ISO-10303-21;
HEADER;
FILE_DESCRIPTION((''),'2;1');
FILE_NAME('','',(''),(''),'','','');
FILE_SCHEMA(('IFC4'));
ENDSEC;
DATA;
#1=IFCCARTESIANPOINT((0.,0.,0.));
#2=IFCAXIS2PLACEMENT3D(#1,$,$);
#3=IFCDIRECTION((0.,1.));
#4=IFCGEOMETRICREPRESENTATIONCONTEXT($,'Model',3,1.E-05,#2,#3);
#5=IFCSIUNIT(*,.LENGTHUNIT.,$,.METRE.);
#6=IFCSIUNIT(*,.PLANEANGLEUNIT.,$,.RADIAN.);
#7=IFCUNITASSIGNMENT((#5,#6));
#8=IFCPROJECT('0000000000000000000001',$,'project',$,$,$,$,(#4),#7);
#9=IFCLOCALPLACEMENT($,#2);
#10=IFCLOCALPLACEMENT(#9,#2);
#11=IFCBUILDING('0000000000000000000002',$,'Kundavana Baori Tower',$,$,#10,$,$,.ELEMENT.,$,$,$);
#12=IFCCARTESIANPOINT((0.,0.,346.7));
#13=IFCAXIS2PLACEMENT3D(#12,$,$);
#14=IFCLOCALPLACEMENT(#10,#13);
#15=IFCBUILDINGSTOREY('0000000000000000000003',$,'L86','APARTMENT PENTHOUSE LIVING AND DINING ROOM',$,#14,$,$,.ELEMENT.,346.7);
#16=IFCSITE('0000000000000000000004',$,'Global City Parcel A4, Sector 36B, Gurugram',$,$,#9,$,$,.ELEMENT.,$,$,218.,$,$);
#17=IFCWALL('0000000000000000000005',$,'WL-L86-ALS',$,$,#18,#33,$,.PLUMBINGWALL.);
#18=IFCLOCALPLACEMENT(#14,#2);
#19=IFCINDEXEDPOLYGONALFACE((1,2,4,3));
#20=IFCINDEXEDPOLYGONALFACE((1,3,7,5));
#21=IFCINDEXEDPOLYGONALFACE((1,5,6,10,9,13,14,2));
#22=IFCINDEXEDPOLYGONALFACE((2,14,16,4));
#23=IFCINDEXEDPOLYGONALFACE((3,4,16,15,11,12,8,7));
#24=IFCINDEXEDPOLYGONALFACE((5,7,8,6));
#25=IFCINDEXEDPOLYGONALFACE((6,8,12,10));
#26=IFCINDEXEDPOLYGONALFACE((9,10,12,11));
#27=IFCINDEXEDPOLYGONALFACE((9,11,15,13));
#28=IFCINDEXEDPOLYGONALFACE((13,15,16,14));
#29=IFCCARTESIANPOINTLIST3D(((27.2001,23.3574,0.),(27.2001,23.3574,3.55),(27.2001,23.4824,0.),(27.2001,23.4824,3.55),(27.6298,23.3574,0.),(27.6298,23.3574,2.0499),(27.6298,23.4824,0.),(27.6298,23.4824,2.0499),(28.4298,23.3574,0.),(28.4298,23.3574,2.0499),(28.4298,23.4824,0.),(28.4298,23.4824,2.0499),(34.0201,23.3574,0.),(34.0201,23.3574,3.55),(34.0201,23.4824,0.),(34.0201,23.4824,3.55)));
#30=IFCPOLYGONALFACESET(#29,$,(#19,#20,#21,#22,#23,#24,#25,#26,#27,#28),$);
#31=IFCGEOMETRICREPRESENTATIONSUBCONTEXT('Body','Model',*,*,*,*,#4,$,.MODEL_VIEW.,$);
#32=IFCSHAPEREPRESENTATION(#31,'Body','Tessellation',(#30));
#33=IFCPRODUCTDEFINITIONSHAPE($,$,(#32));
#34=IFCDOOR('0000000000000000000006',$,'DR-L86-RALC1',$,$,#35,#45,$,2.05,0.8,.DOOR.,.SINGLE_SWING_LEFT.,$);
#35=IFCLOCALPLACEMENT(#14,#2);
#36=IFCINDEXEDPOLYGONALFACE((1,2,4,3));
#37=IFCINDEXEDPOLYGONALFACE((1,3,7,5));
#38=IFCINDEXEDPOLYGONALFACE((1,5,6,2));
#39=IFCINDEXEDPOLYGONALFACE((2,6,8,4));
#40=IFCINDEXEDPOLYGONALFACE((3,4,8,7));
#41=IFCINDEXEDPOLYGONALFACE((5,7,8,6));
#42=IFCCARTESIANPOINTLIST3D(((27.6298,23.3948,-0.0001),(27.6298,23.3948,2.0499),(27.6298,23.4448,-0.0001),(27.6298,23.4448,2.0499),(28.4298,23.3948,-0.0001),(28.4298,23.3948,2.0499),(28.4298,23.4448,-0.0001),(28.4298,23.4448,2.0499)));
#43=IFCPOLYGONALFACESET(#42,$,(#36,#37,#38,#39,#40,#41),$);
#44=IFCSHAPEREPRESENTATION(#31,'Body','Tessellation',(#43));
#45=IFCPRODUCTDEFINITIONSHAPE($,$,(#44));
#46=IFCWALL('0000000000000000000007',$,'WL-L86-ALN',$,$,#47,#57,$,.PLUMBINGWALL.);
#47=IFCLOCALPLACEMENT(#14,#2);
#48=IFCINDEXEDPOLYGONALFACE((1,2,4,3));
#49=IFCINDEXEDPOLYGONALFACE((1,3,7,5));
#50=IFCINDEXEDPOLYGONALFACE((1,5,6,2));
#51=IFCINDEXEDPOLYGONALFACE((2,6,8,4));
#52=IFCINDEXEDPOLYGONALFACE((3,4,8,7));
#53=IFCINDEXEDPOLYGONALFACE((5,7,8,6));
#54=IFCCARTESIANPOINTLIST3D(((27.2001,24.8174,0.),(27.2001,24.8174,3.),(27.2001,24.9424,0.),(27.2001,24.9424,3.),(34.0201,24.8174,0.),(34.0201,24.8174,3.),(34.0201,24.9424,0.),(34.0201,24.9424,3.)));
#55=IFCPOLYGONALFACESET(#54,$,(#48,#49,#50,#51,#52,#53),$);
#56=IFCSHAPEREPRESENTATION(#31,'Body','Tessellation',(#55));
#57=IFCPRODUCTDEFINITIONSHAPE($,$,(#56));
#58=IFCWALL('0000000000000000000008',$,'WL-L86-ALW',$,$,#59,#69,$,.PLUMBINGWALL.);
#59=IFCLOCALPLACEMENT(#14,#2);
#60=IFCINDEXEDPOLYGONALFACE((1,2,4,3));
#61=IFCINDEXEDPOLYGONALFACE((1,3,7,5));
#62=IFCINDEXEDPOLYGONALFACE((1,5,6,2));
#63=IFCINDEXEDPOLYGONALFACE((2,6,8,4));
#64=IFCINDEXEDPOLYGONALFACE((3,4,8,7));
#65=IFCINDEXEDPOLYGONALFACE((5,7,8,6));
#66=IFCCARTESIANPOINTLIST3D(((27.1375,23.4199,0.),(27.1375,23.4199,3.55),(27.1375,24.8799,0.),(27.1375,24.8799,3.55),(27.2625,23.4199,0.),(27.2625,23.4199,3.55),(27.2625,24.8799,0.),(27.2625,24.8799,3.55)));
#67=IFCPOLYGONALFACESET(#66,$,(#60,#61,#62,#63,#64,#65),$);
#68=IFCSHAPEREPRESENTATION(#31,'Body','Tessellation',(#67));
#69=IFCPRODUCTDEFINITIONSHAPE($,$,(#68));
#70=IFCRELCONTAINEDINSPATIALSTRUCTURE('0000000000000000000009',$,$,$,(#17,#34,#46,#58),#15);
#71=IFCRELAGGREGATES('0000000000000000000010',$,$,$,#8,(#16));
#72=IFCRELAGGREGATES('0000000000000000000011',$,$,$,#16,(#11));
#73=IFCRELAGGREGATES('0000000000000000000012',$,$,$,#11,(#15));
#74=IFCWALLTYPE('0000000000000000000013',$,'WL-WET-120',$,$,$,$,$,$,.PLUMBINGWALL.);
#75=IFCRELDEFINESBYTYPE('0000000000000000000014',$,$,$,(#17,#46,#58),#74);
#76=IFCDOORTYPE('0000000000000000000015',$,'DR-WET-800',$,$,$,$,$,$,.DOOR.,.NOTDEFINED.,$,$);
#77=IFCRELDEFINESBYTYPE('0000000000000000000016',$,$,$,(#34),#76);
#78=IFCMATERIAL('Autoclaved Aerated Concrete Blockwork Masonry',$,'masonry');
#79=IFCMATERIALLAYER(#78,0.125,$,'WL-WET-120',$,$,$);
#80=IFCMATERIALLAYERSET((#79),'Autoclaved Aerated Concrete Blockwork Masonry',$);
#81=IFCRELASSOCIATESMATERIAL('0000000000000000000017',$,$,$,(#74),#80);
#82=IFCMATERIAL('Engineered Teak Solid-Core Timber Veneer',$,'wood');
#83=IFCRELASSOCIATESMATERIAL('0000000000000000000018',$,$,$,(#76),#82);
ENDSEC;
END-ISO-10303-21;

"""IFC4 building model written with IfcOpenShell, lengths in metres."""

from ifc_helpers import new_model, si_unit, direction, frame, frame_2d, origin, place, context, subcontext, project, spatial, rectangle, extrude, material, layer, layer_set, type_object, element, fill, save


model = new_model("IFC4")

# Units and contexts
model_context = context("Model", 3, precision=1e-05, world=origin(), true_north=direction((0.0, 1.0)))
body_context = subcontext(model_context, "Body", "Model", "MODEL_VIEW")
ifc_project = project(units=[si_unit("LENGTHUNIT", "METRE"), si_unit("PLANEANGLEUNIT", "RADIAN")], contexts=[model_context])

# Site, building, storey
site_placement = place(None, origin())
site = spatial("IfcSite", under=ifc_project, at=site_placement, Name="Global City Parcel A4, Sector 36B, Gurugram", CompositionType="ELEMENT", RefElevation=218.0)
building_placement = place(site_placement, origin())
building = spatial("IfcBuilding", under=site, at=building_placement, Name="Kundavana Baori Tower", CompositionType="ELEMENT")
storey_placement = place(building_placement, frame((0.0, 0.0, 346.7)))
storey = spatial("IfcBuildingStorey", under=building, at=storey_placement, Name="L86", Description="APARTMENT PENTHOUSE LIVING AND DINING ROOM", CompositionType="ELEMENT", Elevation=346.7)

# Wall, opening, door
ifc_material_1 = material(Name="Autoclaved Aerated Concrete Blockwork Masonry", Category="masonry")
ifc_layer_1 = layer(ifc_material_1, 0.125, Name="WL-WET-120")
ifc_layer_set_1 = layer_set([ifc_layer_1], Name="Autoclaved Aerated Concrete Blockwork Masonry")
wall_type_1 = type_object("IfcWallType", Name="WL-WET-120", PredefinedType="PLUMBINGWALL", material=ifc_layer_set_1)
wall_1_placement = place(storey_placement, frame((27.2, 23.4199, 0.0), z_axis=(0.0, 0.0, 1.0), x_axis=(1.0, 0.0, 0.0)))
wall_1 = element("IfcWall", 1, at=wall_1_placement, inside=storey, type_object=wall_type_1, Name="WL-L86-ALS", PredefinedType="PLUMBINGWALL", context=body_context, shape_type="SweptSolid", body=[
    extrude(rectangle(XDim=6.8201, YDim=0.125, at=frame_2d((3.4102, 0.0))), origin(), (0.0, 0.0, 1.0), 3.55),
])
opening_1_placement = place(wall_1_placement, frame((0.4299, 0.0, 0.0)))
opening_1 = element("IfcOpeningElement", 2, at=opening_1_placement, cuts=wall_1, PredefinedType="OPENING", context=body_context, shape_type="SweptSolid", body=[
    extrude(rectangle(XDim=0.8, YDim=2.05, at=frame_2d((0.3999, 1.0249))), frame((0.0, 0.0725, 0.0), z_axis=(0.0, -1.0, 0.0), x_axis=(1.0, 0.0, 0.0)), (0.0, 0.0, 1.0), 0.145),
])
ifc_material_2 = material(Name="Engineered Teak Solid-Core Timber Veneer", Category="wood")
door_type_1 = type_object("IfcDoorType", Name="DR-WET-800", OperationType="NOTDEFINED", PredefinedType="DOOR", material=ifc_material_2)
door_1_placement = place(opening_1_placement, origin())
door_1 = element("IfcDoor", 3, at=door_1_placement, inside=storey, type_object=door_type_1, Name="DR-L86-RALC1", OperationType="SINGLE_SWING_LEFT", OverallHeight=2.05, OverallWidth=0.8, PredefinedType="DOOR", context=body_context, shape_type="SweptSolid", body=[
    extrude(rectangle(XDim=0.8, YDim=2.05, at=frame_2d((0.3999, 1.0249))), frame((0.0, 0.0249, 0.0), z_axis=(0.0, -1.0, 0.0), x_axis=(1.0, 0.0, 0.0)), (0.0, 0.0, 1.0), 0.05),
])
fill(opening_1, door_1)

# Walls
wall_2_placement = place(storey_placement, frame((27.2, 24.8799, 0.0), z_axis=(0.0, 0.0, 1.0), x_axis=(1.0, 0.0, 0.0)))
element("IfcWall", 4, at=wall_2_placement, inside=storey, type_object=wall_type_1, Name="WL-L86-ALN", PredefinedType="PLUMBINGWALL", context=body_context, shape_type="SweptSolid", body=[
    extrude(rectangle(XDim=6.8201, YDim=0.125, at=frame_2d((3.4102, 0.0))), origin(), (0.0, 0.0, 1.0), 3.0),
])
wall_3_placement = place(storey_placement, frame((27.2, 23.4199, 0.0), z_axis=(0.0, 0.0, 1.0), x_axis=(0.0, 1.0, 0.0)))
element("IfcWall", 5, at=wall_3_placement, inside=storey, type_object=wall_type_1, Name="WL-L86-ALW", PredefinedType="PLUMBINGWALL", context=body_context, shape_type="SweptSolid", body=[
    extrude(rectangle(XDim=1.46, YDim=0.125, at=frame_2d((0.73, 0.0))), origin(), (0.0, 0.0, 1.0), 3.55),
])

save(model, "model.ifc")
